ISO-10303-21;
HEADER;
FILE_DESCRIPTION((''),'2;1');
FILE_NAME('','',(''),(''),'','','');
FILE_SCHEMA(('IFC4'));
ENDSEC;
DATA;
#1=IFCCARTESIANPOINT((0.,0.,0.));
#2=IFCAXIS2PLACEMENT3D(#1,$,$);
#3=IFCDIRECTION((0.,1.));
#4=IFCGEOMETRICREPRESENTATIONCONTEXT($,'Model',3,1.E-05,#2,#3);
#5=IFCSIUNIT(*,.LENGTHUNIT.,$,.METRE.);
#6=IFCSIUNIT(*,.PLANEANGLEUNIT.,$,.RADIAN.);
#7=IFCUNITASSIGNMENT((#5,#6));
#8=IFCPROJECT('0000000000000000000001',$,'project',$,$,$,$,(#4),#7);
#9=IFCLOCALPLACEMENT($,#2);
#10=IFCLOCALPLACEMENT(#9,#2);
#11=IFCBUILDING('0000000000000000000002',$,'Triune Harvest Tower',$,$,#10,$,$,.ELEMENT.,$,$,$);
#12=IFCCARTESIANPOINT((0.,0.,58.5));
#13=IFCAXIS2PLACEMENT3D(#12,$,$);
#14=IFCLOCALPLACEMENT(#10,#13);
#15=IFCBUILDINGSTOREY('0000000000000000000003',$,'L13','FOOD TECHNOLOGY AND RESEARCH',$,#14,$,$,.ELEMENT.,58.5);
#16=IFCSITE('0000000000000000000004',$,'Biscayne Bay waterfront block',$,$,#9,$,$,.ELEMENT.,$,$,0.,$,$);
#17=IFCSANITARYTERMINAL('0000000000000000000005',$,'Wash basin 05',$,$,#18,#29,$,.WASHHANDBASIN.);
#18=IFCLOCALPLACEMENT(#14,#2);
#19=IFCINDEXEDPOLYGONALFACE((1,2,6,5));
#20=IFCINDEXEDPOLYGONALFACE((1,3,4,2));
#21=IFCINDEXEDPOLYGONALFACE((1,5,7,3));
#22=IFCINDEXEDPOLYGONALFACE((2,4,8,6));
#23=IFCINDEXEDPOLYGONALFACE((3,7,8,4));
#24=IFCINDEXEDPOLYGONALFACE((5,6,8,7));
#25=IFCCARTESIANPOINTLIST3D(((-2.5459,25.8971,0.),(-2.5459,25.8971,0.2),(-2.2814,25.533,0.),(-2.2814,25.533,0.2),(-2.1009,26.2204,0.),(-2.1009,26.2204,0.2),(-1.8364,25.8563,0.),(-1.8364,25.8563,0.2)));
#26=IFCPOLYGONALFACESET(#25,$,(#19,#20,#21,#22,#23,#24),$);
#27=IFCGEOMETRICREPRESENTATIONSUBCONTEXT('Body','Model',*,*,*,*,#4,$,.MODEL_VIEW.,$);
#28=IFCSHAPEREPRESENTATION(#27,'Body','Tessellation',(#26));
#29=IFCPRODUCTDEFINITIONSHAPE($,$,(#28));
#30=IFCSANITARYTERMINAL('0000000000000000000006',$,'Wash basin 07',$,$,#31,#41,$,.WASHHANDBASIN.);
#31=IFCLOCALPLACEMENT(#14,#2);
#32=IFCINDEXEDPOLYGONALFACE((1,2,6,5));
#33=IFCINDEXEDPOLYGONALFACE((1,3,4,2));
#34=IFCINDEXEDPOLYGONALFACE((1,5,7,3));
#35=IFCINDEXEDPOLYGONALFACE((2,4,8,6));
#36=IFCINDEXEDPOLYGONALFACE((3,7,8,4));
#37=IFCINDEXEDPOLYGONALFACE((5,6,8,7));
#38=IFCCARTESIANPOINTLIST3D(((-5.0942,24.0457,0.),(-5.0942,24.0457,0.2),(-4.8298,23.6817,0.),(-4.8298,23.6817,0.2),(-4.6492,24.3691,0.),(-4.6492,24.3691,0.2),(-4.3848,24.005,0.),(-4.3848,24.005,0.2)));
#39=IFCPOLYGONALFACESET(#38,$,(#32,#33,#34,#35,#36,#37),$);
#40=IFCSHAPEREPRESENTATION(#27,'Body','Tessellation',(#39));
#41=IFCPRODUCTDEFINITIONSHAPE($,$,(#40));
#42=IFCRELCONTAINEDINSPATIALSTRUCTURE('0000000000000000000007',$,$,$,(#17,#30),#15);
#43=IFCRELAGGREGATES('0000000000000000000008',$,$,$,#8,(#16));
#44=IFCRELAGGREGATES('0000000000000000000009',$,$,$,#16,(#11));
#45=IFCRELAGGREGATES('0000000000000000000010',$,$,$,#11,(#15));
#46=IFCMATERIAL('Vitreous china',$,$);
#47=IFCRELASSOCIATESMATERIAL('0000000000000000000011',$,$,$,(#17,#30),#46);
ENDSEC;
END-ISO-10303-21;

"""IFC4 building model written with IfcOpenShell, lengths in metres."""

from ifc_helpers import new_model, si_unit, direction, frame, origin, origin_2d, place, context, subcontext, project, spatial, rectangle, extrude, source, transform, mapped, material, element, save


model = new_model("IFC4")

# Units and contexts
model_context = context("Model", 3, precision=1e-05, world=origin(), true_north=direction((0.0, 1.0)))
body_context = subcontext(model_context, "Body", "Model", "MODEL_VIEW")
ifc_project = project(units=[si_unit("LENGTHUNIT", "METRE"), si_unit("PLANEANGLEUNIT", "RADIAN")], contexts=[model_context])

# Site, building, storey
site_placement = place(None, origin())
site = spatial("IfcSite", under=ifc_project, at=site_placement, Name="Biscayne Bay waterfront block", CompositionType="ELEMENT", RefElevation=0.0)
building_placement = place(site_placement, origin())
building = spatial("IfcBuilding", under=site, at=building_placement, Name="Triune Harvest Tower", CompositionType="ELEMENT")
storey_placement = place(building_placement, frame((0.0, 0.0, 58.5)))
storey = spatial("IfcBuildingStorey", under=building, at=storey_placement, Name="L13", Description="FOOD TECHNOLOGY AND RESEARCH", CompositionType="ELEMENT", Elevation=58.5)

# Sanitary terminals
ifc_material_1 = material(Name="Vitreous china")
shared_shape_1 = source(origin(), body_context, "Body", "SweptSolid", [
    extrude(rectangle(XDim=0.55, YDim=0.45, at=origin_2d()), origin(), (0.0, 0.0, 1.0), 0.2),
])
for number, where, z_axis, x_axis, name in (
    (1, (-2.1912, 25.8767, 0.0), (0.0, 0.0, 1.0), (0.809027, 0.587771, 0.0), "Wash basin 05"),
    (2, (-4.7395, 24.0254, 0.0), (0.0, 0.0, 1.0), (0.809007, 0.587799, 0.0), "Wash basin 07"),
):
    element("IfcSanitaryTerminal", number, at=place(storey_placement, frame(where, z_axis=z_axis, x_axis=x_axis)), inside=storey, material=ifc_material_1, Name=name, PredefinedType="WASHHANDBASIN", context=body_context, shape_type="MappedRepresentation", body=[
        mapped(shared_shape_1, transform((0.0, 0.0, 0.0), scale=1.0)),
    ])

save(model, "model.ifc")
